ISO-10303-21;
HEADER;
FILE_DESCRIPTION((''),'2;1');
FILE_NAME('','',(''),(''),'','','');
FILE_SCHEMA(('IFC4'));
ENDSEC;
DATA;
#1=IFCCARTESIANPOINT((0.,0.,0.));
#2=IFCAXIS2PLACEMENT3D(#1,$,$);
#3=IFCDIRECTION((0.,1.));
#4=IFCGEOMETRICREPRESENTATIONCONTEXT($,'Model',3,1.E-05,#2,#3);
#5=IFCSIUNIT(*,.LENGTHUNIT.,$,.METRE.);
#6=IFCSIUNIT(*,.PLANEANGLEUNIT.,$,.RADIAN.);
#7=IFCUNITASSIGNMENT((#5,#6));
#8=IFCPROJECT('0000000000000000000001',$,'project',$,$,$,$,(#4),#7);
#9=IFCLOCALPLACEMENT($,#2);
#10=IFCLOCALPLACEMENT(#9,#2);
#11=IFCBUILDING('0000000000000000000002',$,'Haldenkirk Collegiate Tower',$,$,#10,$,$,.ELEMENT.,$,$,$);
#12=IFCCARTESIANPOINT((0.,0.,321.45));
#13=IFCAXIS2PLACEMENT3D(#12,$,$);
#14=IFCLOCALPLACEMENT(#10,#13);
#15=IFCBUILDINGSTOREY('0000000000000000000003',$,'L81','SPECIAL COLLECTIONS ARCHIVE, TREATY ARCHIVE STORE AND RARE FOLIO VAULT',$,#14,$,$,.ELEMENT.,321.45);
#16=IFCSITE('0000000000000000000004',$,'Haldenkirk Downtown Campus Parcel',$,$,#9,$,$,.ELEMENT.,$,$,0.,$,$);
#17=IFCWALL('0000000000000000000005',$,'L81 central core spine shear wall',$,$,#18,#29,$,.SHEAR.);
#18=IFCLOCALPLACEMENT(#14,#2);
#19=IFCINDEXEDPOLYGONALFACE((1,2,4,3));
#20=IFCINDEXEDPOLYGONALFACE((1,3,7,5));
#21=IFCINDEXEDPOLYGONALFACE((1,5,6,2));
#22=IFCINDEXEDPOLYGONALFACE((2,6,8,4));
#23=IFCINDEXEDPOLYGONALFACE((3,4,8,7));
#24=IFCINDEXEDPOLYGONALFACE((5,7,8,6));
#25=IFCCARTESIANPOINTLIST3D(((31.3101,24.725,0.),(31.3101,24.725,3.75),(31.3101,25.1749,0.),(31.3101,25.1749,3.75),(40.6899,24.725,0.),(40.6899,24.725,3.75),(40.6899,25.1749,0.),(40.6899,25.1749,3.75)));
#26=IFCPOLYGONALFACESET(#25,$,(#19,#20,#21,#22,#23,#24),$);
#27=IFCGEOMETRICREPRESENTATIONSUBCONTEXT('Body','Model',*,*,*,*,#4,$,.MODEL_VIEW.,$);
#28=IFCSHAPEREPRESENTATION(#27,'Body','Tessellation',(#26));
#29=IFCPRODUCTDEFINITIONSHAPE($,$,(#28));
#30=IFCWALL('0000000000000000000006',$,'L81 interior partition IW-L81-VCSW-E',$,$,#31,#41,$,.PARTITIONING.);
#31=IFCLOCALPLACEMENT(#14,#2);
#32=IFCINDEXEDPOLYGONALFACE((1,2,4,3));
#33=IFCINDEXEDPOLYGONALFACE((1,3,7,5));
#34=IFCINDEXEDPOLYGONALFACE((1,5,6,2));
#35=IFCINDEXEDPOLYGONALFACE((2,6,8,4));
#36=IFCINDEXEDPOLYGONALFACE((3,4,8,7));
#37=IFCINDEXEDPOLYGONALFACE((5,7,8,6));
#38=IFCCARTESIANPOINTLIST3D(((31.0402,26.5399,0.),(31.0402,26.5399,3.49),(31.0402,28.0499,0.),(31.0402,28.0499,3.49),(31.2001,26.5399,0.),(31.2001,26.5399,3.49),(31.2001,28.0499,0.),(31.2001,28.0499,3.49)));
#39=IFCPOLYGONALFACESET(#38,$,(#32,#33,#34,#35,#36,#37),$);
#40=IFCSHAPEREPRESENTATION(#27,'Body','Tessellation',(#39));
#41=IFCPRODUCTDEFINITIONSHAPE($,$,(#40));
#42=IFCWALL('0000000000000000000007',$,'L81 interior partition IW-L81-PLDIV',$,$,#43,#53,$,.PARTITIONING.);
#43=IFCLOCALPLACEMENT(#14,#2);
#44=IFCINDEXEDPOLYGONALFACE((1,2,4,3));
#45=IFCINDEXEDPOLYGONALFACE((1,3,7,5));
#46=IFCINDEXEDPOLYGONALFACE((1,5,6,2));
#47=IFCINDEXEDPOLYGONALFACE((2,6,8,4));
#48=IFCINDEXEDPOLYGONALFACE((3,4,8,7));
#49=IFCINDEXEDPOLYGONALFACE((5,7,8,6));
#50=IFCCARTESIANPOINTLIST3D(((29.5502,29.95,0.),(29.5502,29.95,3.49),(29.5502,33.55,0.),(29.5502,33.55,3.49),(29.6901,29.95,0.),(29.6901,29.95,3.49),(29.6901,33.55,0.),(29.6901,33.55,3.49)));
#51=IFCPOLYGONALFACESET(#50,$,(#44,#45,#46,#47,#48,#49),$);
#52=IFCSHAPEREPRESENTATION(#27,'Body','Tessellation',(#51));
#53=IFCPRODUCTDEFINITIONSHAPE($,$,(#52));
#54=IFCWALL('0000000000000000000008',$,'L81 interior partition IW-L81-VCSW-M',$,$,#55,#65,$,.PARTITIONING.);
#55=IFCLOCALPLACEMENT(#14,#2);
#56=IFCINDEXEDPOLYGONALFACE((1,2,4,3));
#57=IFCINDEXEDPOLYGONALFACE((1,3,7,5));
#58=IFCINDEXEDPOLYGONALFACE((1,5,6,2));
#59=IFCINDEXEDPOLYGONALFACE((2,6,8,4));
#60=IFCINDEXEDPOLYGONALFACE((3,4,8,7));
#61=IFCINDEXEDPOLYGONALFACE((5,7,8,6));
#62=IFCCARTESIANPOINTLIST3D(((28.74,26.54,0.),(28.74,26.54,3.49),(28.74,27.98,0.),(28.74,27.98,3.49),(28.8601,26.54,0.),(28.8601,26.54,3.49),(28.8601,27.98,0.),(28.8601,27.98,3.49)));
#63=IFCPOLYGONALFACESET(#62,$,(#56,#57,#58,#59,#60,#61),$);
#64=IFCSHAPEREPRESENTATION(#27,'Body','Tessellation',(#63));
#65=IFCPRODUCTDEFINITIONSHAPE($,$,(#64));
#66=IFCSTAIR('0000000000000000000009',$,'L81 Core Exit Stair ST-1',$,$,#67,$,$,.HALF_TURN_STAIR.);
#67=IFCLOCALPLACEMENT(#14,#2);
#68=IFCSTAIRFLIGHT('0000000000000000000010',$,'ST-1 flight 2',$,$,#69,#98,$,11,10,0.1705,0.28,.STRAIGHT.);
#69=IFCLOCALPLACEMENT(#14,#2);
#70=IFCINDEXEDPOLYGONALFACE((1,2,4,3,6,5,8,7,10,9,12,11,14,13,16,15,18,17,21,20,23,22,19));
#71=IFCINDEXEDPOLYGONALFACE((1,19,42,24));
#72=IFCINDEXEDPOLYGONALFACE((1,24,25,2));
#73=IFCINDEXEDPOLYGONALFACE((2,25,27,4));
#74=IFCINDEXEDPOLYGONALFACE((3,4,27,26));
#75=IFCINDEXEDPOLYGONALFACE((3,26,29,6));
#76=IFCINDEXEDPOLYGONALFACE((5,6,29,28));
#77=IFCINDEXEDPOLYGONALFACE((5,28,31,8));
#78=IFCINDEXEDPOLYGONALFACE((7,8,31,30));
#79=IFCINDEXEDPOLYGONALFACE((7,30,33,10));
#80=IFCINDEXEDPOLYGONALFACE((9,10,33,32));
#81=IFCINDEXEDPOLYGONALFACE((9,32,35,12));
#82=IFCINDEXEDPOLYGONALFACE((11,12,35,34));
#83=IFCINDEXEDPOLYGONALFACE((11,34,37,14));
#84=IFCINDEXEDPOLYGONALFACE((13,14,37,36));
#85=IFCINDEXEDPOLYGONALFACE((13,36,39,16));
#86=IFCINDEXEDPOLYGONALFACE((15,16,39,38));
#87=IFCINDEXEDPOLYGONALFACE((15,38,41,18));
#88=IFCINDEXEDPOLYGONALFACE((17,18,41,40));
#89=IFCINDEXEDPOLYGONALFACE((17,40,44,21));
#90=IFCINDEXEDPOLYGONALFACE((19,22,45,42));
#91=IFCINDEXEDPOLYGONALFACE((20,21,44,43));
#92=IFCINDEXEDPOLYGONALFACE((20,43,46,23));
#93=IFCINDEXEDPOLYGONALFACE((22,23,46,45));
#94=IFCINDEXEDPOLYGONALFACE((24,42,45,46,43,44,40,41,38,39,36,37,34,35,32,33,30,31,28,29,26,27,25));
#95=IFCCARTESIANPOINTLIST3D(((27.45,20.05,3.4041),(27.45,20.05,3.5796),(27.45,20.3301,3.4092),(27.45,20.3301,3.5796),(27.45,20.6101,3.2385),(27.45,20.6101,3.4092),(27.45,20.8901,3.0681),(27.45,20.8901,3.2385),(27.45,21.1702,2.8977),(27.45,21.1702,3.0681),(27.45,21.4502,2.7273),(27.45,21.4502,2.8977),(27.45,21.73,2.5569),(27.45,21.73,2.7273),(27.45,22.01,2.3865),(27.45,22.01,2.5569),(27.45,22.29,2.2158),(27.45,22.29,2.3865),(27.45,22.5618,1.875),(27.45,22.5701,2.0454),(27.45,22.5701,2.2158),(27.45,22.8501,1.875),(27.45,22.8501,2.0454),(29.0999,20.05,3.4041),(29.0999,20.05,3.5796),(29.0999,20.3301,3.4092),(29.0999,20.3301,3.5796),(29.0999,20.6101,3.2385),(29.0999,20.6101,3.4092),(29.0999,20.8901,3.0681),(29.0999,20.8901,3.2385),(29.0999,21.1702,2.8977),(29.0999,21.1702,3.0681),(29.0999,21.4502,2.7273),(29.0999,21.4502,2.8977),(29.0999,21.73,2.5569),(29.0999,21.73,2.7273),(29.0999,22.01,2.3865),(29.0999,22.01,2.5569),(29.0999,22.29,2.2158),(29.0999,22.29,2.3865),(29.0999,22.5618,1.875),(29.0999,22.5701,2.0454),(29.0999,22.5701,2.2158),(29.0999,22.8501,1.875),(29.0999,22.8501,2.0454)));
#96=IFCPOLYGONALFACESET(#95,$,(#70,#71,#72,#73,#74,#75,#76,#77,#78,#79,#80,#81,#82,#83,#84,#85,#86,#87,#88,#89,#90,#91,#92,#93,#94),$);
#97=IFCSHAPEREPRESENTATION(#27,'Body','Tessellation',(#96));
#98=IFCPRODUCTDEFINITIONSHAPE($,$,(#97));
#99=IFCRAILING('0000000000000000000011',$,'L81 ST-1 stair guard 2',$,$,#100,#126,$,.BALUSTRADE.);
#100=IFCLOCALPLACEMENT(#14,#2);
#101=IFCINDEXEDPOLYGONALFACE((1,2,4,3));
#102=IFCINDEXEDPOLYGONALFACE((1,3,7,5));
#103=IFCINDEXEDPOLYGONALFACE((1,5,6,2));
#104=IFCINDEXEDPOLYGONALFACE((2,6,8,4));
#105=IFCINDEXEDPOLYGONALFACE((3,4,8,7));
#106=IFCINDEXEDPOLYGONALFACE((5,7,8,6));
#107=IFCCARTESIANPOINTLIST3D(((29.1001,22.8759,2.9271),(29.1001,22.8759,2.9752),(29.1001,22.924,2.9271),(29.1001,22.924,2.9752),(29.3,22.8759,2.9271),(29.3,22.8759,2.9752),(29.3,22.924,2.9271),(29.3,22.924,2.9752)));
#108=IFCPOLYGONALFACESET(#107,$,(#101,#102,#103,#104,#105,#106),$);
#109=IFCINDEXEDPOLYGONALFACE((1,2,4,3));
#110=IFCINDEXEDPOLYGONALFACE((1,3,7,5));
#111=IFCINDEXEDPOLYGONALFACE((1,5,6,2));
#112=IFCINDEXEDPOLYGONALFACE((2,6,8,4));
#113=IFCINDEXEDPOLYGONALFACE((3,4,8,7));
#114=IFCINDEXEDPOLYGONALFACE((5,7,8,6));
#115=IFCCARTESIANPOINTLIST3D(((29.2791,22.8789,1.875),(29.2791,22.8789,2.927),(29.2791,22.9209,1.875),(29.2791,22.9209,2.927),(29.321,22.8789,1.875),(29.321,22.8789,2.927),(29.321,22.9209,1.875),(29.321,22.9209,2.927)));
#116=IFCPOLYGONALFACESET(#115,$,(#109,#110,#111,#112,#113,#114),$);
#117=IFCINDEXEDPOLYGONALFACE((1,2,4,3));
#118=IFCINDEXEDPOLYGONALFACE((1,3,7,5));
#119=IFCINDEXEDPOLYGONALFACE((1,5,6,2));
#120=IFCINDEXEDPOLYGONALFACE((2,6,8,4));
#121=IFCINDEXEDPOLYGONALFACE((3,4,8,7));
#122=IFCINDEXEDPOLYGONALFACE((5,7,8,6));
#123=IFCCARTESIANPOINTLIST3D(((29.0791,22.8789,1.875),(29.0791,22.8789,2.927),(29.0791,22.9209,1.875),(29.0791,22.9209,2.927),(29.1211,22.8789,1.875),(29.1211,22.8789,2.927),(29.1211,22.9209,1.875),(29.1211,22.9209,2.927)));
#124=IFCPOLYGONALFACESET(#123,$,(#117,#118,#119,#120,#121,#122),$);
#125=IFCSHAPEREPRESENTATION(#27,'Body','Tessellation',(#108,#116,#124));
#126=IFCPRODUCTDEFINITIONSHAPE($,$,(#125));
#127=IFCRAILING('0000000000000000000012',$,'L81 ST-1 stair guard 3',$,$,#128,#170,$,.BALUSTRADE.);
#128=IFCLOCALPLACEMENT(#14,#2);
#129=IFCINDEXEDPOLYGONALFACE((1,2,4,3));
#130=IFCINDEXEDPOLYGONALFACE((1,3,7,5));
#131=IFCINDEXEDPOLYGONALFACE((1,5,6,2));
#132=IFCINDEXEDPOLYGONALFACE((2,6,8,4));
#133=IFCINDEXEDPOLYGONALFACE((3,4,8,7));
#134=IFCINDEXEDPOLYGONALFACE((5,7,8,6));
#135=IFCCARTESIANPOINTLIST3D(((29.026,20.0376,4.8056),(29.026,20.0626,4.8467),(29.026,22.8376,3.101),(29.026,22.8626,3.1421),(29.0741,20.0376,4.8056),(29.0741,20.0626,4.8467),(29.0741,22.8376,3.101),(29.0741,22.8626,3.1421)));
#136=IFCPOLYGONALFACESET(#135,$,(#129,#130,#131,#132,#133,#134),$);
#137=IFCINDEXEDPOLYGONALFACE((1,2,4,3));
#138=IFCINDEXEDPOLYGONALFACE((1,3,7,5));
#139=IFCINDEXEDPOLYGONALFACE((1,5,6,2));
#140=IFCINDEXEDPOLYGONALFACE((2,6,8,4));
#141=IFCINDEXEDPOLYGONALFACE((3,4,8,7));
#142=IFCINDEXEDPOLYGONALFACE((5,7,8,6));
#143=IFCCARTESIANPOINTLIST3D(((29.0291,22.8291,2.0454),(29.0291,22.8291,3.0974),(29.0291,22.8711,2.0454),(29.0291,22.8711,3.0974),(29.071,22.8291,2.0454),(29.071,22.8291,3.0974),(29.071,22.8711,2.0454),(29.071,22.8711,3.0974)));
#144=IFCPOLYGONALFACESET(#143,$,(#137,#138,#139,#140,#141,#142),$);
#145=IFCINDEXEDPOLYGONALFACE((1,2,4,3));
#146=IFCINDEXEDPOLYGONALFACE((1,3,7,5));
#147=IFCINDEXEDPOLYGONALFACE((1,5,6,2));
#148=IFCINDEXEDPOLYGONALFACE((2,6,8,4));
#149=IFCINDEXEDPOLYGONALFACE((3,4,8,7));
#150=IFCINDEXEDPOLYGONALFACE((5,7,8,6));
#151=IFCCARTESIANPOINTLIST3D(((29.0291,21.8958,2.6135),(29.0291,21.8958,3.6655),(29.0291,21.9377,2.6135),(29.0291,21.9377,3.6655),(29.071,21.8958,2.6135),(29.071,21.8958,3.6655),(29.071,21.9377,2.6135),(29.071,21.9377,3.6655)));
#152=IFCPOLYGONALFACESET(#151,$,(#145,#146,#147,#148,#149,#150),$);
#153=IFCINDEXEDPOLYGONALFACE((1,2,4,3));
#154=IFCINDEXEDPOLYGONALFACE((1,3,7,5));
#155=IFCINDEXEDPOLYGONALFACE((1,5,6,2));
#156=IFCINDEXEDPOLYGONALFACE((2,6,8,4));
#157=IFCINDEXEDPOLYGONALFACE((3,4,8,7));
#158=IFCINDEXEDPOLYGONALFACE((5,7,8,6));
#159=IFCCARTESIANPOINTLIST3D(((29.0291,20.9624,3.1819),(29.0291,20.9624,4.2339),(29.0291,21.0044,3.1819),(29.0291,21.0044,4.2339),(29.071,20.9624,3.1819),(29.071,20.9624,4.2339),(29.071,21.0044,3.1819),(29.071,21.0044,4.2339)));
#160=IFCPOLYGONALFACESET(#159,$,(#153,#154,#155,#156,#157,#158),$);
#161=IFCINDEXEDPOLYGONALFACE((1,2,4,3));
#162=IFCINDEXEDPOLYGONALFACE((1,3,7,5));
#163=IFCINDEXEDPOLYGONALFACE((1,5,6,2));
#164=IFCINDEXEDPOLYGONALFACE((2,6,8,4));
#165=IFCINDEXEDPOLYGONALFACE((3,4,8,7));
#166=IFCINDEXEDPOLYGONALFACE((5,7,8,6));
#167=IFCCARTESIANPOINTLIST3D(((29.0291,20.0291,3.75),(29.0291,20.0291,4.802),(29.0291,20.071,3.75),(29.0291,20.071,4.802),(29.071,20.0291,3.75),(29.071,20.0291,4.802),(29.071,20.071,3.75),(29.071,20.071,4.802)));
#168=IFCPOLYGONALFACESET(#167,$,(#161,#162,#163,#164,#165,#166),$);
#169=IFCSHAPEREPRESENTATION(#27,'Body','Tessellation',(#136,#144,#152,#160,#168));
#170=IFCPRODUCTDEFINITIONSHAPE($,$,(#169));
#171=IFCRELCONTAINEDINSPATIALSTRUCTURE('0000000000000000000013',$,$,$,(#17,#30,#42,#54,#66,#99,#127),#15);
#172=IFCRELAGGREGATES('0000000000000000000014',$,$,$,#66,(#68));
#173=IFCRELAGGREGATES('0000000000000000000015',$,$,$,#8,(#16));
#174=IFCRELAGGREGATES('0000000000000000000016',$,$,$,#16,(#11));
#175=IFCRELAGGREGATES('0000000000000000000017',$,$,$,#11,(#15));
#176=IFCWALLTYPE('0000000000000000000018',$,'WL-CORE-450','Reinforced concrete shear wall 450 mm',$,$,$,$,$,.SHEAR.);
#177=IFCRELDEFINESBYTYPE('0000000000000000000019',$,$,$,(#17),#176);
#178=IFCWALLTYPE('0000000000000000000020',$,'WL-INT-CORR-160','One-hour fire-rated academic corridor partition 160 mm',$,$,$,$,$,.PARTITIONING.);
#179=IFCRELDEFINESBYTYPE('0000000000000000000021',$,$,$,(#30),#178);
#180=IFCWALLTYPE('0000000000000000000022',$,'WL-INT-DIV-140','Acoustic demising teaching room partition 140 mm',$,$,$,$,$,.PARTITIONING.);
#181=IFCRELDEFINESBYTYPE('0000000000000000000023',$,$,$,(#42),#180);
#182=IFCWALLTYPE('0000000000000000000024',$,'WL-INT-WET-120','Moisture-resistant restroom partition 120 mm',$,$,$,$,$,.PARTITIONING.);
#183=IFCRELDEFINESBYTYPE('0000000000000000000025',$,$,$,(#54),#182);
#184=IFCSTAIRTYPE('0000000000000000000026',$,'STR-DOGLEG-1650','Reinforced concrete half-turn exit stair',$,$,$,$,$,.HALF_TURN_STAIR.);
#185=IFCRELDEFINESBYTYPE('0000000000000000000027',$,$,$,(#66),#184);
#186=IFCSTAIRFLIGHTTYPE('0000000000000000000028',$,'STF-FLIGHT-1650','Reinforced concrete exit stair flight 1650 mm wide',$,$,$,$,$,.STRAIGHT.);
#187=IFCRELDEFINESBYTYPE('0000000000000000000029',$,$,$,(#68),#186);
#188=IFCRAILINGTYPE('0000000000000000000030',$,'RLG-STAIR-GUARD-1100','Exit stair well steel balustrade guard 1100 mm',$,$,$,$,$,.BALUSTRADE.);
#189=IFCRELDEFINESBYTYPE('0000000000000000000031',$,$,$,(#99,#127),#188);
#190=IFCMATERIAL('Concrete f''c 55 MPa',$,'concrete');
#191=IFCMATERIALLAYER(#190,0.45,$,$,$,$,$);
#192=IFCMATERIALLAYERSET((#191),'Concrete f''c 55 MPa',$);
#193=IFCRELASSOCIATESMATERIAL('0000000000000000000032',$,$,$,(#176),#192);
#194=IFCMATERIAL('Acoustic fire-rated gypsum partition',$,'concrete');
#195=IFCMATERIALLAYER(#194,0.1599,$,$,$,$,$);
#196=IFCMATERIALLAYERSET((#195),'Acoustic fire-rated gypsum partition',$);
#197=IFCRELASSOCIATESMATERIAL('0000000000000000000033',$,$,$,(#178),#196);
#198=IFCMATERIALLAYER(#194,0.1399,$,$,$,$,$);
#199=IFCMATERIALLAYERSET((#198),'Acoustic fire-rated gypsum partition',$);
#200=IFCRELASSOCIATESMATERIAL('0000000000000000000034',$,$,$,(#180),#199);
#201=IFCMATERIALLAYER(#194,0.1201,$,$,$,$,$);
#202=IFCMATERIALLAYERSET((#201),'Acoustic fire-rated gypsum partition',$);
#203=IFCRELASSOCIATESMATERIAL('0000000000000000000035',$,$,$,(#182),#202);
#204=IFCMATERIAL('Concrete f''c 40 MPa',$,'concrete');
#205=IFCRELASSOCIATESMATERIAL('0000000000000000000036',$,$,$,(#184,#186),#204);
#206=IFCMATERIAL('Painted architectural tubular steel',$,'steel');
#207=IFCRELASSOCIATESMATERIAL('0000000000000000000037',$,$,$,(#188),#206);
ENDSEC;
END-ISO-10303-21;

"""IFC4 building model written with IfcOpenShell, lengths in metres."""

from ifc_helpers import new_model, si_unit, direction, frame, frame_2d, origin, origin_2d, place, context, subcontext, project, spatial, polyline, rectangle, outline, extrude, material, layer, layer_set, type_object, element, aggregate, save


model = new_model("IFC4")

# Units and contexts
model_context = context("Model", 3, precision=1e-05, world=origin(), true_north=direction((0.0, 1.0)))
body_context = subcontext(model_context, "Body", "Model", "MODEL_VIEW")
ifc_project = project(units=[si_unit("LENGTHUNIT", "METRE"), si_unit("PLANEANGLEUNIT", "RADIAN")], contexts=[model_context])

# Site, building, storey
site_placement = place(None, origin())
site = spatial("IfcSite", under=ifc_project, at=site_placement, Name="Haldenkirk Downtown Campus Parcel", CompositionType="ELEMENT", RefElevation=0.0)
building_placement = place(site_placement, origin())
building = spatial("IfcBuilding", under=site, at=building_placement, Name="Haldenkirk Collegiate Tower", CompositionType="ELEMENT")
storey_placement = place(building_placement, frame((0.0, 0.0, 321.45)))
storey = spatial("IfcBuildingStorey", under=building, at=storey_placement, Name="L81", Description="SPECIAL COLLECTIONS ARCHIVE, TREATY ARCHIVE STORE AND RARE FOLIO VAULT", CompositionType="ELEMENT", Elevation=321.45)

# Walls
ifc_material_1 = material(Name="Concrete f'c 55 MPa", Category="concrete")
ifc_layer_1 = layer(ifc_material_1, 0.45)
ifc_layer_set_1 = layer_set([ifc_layer_1], Name="Concrete f'c 55 MPa")
wall_type_1 = type_object("IfcWallType", Name="WL-CORE-450", Description="Reinforced concrete shear wall 450 mm", PredefinedType="SHEAR", material=ifc_layer_set_1)
wall_1_placement = place(storey_placement, frame((31.3101, 24.95, 0.0), z_axis=(0.0, 0.0, 1.0), x_axis=(1.0, 0.0, 0.0)))
element("IfcWall", 1, at=wall_1_placement, inside=storey, type_object=wall_type_1, Name="L81 central core spine shear wall", PredefinedType="SHEAR", context=body_context, shape_type="SweptSolid", body=[
    extrude(rectangle(XDim=9.3799, YDim=0.45, at=frame_2d((4.6899, 0.0))), origin(), (0.0, 0.0, 1.0), 3.75),
])
ifc_material_2 = material(Name="Acoustic fire-rated gypsum partition", Category="concrete")
ifc_layer_2 = layer(ifc_material_2, 0.1599)
ifc_layer_set_2 = layer_set([ifc_layer_2], Name="Acoustic fire-rated gypsum partition")
wall_type_2 = type_object("IfcWallType", Name="WL-INT-CORR-160", Description="One-hour fire-rated academic corridor partition 160 mm", PredefinedType="PARTITIONING", material=ifc_layer_set_2)
wall_2_placement = place(storey_placement, frame((31.1201, 26.54, 0.0), z_axis=(0.0, 0.0, 1.0), x_axis=(0.0, 1.0, 0.0)))
element("IfcWall", 2, at=wall_2_placement, inside=storey, type_object=wall_type_2, Name="L81 interior partition IW-L81-VCSW-E", PredefinedType="PARTITIONING", context=body_context, shape_type="SweptSolid", body=[
    extrude(rectangle(XDim=1.51, YDim=0.1599, at=frame_2d((0.7549, 0.0))), origin(), (0.0, 0.0, 1.0), 3.49),
])
ifc_layer_3 = layer(ifc_material_2, 0.1399)
ifc_layer_set_3 = layer_set([ifc_layer_3], Name="Acoustic fire-rated gypsum partition")
wall_type_3 = type_object("IfcWallType", Name="WL-INT-DIV-140", Description="Acoustic demising teaching room partition 140 mm", PredefinedType="PARTITIONING", material=ifc_layer_set_3)
wall_3_placement = place(storey_placement, frame((29.6201, 29.95, 0.0), z_axis=(0.0, 0.0, 1.0), x_axis=(0.0, 1.0, 0.0)))
element("IfcWall", 3, at=wall_3_placement, inside=storey, type_object=wall_type_3, Name="L81 interior partition IW-L81-PLDIV", PredefinedType="PARTITIONING", context=body_context, shape_type="SweptSolid", body=[
    extrude(rectangle(XDim=3.6001, YDim=0.1399, at=frame_2d((1.8, 0.0))), origin(), (0.0, 0.0, 1.0), 3.49),
])

# Wall
ifc_layer_4 = layer(ifc_material_2, 0.1201)
ifc_layer_set_4 = layer_set([ifc_layer_4], Name="Acoustic fire-rated gypsum partition")
wall_type_4 = type_object("IfcWallType", Name="WL-INT-WET-120", Description="Moisture-resistant restroom partition 120 mm", PredefinedType="PARTITIONING", material=ifc_layer_set_4)
wall_4_placement = place(storey_placement, frame((28.8, 26.54, 0.0), z_axis=(0.0, 0.0, 1.0), x_axis=(0.0, 1.0, 0.0)))
element("IfcWall", 4, at=wall_4_placement, inside=storey, type_object=wall_type_4, Name="L81 interior partition IW-L81-VCSW-M", PredefinedType="PARTITIONING", context=body_context, shape_type="SweptSolid", body=[
    extrude(rectangle(XDim=1.4399, YDim=0.1201, at=frame_2d((0.72, 0.0))), origin(), (0.0, 0.0, 1.0), 3.49),
])

# Stair, stair flight
ifc_material_3 = material(Name="Concrete f'c 40 MPa", Category="concrete")
stair_type = type_object("IfcStairType", Name="STR-DOGLEG-1650", Description="Reinforced concrete half-turn exit stair", PredefinedType="HALF_TURN_STAIR", material=ifc_material_3)
stair_placement = place(storey_placement, origin())
stair = element("IfcStair", 5, at=stair_placement, inside=storey, type_object=stair_type, Name="L81 Core Exit Stair ST-1", PredefinedType="HALF_TURN_STAIR")
stair_flight_type = type_object("IfcStairFlightType", Name="STF-FLIGHT-1650", Description="Reinforced concrete exit stair flight 1650 mm wide", PredefinedType="STRAIGHT", material=ifc_material_3)
stair_flight_placement = place(storey_placement, frame((28.2749, 22.8501, 1.875), z_axis=(0.0, 0.0, 1.0), x_axis=(0.0, -1.0, 0.0)))
stair_flight = element("IfcStairFlight", 6, at=stair_flight_placement, type_object=stair_flight_type, Name="ST-1 flight 2", NumberOfRisers=11, NumberOfTreads=10, PredefinedType="STRAIGHT", RiserHeight=0.1705, TreadLength=0.28, context=body_context, shape_type="SweptSolid", body=[
    extrude(outline(polyline([(0.0, 0.0), (0.0, 0.1704), (0.28, 0.1704), (0.28, 0.3408), (0.5601, 0.3408), (0.5601, 0.5115), (0.8401, 0.5115), (0.8401, 0.6819), (1.1201, 0.6819), (1.1201, 0.8523), (1.3999, 0.8523), (1.3999, 1.0227), (1.6799, 1.0227), (1.6799, 1.1931), (1.96, 1.1931), (1.96, 1.3635), (2.24, 1.3635), (2.24, 1.5342), (2.52, 1.5342), (2.52, 1.7046), (2.8, 1.7046), (2.8, 1.875), (2.8, 1.5291), (0.2883, 0.0), (0.0, 0.0)])), frame((0.0, 0.825, 0.0), z_axis=(0.0, -1.0, 0.0), x_axis=(1.0, 0.0, 0.0)), (0.0, 0.0, 1.0), 1.6499),
])
aggregate(stair, [stair_flight])

# Railings
ifc_material_4 = material(Name="Painted architectural tubular steel", Category="steel")
railing_type = type_object("IfcRailingType", Name="RLG-STAIR-GUARD-1100", Description="Exit stair well steel balustrade guard 1100 mm", PredefinedType="BALUSTRADE", material=ifc_material_4)
railing_1_placement = place(storey_placement, frame((29.3, 22.8999, 1.875)))
element("IfcRailing", 7, at=railing_1_placement, inside=storey, type_object=railing_type, Name="L81 ST-1 stair guard 2", PredefinedType="BALUSTRADE", context=body_context, shape_type="SweptSolid", body=[
    extrude(rectangle(XDim=0.0481, YDim=0.0481, at=origin_2d()), frame((0.0, 0.0, 1.0762), z_axis=(-1.0, 0.0, 0.0), x_axis=(0.0, -1.0, 0.0)), (0.0, 0.0, 1.0), 0.2),
    extrude(rectangle(XDim=0.042, YDim=0.042, at=origin_2d()), origin(), (0.0, 0.0, 1.0), 1.052),
    extrude(rectangle(XDim=0.042, YDim=0.042, at=origin_2d()), frame((-0.2, 0.0, 0.0)), (0.0, 0.0, 1.0), 1.052),
])
railing_2_placement = place(storey_placement, frame((29.05, 22.8501, 2.0454)))
element("IfcRailing", 8, at=railing_2_placement, inside=storey, type_object=railing_type, Name="L81 ST-1 stair guard 3", PredefinedType="BALUSTRADE", context=body_context, shape_type="SweptSolid", body=[
    extrude(rectangle(XDim=0.0481, YDim=0.0481, at=origin_2d()), frame((0.0, 0.0, 1.0762), z_axis=(0.0, -0.85417, 0.519994), x_axis=(1.0, 0.0, 0.0)), (0.0, 0.0, 1.0), 3.2781),
    extrude(rectangle(XDim=0.042, YDim=0.042, at=origin_2d()), origin(), (0.0, 0.0, 1.0), 1.052),
    extrude(rectangle(XDim=0.042, YDim=0.042, at=origin_2d()), frame((0.0, -0.9333, 0.5681)), (0.0, 0.0, 1.0), 1.052),
    extrude(rectangle(XDim=0.042, YDim=0.042, at=origin_2d()), frame((0.0, -1.8667, 1.1365)), (0.0, 0.0, 1.0), 1.052),
    extrude(rectangle(XDim=0.042, YDim=0.042, at=origin_2d()), frame((0.0, -2.8, 1.7046)), (0.0, 0.0, 1.0), 1.052),
])

save(model, "model.ifc")
